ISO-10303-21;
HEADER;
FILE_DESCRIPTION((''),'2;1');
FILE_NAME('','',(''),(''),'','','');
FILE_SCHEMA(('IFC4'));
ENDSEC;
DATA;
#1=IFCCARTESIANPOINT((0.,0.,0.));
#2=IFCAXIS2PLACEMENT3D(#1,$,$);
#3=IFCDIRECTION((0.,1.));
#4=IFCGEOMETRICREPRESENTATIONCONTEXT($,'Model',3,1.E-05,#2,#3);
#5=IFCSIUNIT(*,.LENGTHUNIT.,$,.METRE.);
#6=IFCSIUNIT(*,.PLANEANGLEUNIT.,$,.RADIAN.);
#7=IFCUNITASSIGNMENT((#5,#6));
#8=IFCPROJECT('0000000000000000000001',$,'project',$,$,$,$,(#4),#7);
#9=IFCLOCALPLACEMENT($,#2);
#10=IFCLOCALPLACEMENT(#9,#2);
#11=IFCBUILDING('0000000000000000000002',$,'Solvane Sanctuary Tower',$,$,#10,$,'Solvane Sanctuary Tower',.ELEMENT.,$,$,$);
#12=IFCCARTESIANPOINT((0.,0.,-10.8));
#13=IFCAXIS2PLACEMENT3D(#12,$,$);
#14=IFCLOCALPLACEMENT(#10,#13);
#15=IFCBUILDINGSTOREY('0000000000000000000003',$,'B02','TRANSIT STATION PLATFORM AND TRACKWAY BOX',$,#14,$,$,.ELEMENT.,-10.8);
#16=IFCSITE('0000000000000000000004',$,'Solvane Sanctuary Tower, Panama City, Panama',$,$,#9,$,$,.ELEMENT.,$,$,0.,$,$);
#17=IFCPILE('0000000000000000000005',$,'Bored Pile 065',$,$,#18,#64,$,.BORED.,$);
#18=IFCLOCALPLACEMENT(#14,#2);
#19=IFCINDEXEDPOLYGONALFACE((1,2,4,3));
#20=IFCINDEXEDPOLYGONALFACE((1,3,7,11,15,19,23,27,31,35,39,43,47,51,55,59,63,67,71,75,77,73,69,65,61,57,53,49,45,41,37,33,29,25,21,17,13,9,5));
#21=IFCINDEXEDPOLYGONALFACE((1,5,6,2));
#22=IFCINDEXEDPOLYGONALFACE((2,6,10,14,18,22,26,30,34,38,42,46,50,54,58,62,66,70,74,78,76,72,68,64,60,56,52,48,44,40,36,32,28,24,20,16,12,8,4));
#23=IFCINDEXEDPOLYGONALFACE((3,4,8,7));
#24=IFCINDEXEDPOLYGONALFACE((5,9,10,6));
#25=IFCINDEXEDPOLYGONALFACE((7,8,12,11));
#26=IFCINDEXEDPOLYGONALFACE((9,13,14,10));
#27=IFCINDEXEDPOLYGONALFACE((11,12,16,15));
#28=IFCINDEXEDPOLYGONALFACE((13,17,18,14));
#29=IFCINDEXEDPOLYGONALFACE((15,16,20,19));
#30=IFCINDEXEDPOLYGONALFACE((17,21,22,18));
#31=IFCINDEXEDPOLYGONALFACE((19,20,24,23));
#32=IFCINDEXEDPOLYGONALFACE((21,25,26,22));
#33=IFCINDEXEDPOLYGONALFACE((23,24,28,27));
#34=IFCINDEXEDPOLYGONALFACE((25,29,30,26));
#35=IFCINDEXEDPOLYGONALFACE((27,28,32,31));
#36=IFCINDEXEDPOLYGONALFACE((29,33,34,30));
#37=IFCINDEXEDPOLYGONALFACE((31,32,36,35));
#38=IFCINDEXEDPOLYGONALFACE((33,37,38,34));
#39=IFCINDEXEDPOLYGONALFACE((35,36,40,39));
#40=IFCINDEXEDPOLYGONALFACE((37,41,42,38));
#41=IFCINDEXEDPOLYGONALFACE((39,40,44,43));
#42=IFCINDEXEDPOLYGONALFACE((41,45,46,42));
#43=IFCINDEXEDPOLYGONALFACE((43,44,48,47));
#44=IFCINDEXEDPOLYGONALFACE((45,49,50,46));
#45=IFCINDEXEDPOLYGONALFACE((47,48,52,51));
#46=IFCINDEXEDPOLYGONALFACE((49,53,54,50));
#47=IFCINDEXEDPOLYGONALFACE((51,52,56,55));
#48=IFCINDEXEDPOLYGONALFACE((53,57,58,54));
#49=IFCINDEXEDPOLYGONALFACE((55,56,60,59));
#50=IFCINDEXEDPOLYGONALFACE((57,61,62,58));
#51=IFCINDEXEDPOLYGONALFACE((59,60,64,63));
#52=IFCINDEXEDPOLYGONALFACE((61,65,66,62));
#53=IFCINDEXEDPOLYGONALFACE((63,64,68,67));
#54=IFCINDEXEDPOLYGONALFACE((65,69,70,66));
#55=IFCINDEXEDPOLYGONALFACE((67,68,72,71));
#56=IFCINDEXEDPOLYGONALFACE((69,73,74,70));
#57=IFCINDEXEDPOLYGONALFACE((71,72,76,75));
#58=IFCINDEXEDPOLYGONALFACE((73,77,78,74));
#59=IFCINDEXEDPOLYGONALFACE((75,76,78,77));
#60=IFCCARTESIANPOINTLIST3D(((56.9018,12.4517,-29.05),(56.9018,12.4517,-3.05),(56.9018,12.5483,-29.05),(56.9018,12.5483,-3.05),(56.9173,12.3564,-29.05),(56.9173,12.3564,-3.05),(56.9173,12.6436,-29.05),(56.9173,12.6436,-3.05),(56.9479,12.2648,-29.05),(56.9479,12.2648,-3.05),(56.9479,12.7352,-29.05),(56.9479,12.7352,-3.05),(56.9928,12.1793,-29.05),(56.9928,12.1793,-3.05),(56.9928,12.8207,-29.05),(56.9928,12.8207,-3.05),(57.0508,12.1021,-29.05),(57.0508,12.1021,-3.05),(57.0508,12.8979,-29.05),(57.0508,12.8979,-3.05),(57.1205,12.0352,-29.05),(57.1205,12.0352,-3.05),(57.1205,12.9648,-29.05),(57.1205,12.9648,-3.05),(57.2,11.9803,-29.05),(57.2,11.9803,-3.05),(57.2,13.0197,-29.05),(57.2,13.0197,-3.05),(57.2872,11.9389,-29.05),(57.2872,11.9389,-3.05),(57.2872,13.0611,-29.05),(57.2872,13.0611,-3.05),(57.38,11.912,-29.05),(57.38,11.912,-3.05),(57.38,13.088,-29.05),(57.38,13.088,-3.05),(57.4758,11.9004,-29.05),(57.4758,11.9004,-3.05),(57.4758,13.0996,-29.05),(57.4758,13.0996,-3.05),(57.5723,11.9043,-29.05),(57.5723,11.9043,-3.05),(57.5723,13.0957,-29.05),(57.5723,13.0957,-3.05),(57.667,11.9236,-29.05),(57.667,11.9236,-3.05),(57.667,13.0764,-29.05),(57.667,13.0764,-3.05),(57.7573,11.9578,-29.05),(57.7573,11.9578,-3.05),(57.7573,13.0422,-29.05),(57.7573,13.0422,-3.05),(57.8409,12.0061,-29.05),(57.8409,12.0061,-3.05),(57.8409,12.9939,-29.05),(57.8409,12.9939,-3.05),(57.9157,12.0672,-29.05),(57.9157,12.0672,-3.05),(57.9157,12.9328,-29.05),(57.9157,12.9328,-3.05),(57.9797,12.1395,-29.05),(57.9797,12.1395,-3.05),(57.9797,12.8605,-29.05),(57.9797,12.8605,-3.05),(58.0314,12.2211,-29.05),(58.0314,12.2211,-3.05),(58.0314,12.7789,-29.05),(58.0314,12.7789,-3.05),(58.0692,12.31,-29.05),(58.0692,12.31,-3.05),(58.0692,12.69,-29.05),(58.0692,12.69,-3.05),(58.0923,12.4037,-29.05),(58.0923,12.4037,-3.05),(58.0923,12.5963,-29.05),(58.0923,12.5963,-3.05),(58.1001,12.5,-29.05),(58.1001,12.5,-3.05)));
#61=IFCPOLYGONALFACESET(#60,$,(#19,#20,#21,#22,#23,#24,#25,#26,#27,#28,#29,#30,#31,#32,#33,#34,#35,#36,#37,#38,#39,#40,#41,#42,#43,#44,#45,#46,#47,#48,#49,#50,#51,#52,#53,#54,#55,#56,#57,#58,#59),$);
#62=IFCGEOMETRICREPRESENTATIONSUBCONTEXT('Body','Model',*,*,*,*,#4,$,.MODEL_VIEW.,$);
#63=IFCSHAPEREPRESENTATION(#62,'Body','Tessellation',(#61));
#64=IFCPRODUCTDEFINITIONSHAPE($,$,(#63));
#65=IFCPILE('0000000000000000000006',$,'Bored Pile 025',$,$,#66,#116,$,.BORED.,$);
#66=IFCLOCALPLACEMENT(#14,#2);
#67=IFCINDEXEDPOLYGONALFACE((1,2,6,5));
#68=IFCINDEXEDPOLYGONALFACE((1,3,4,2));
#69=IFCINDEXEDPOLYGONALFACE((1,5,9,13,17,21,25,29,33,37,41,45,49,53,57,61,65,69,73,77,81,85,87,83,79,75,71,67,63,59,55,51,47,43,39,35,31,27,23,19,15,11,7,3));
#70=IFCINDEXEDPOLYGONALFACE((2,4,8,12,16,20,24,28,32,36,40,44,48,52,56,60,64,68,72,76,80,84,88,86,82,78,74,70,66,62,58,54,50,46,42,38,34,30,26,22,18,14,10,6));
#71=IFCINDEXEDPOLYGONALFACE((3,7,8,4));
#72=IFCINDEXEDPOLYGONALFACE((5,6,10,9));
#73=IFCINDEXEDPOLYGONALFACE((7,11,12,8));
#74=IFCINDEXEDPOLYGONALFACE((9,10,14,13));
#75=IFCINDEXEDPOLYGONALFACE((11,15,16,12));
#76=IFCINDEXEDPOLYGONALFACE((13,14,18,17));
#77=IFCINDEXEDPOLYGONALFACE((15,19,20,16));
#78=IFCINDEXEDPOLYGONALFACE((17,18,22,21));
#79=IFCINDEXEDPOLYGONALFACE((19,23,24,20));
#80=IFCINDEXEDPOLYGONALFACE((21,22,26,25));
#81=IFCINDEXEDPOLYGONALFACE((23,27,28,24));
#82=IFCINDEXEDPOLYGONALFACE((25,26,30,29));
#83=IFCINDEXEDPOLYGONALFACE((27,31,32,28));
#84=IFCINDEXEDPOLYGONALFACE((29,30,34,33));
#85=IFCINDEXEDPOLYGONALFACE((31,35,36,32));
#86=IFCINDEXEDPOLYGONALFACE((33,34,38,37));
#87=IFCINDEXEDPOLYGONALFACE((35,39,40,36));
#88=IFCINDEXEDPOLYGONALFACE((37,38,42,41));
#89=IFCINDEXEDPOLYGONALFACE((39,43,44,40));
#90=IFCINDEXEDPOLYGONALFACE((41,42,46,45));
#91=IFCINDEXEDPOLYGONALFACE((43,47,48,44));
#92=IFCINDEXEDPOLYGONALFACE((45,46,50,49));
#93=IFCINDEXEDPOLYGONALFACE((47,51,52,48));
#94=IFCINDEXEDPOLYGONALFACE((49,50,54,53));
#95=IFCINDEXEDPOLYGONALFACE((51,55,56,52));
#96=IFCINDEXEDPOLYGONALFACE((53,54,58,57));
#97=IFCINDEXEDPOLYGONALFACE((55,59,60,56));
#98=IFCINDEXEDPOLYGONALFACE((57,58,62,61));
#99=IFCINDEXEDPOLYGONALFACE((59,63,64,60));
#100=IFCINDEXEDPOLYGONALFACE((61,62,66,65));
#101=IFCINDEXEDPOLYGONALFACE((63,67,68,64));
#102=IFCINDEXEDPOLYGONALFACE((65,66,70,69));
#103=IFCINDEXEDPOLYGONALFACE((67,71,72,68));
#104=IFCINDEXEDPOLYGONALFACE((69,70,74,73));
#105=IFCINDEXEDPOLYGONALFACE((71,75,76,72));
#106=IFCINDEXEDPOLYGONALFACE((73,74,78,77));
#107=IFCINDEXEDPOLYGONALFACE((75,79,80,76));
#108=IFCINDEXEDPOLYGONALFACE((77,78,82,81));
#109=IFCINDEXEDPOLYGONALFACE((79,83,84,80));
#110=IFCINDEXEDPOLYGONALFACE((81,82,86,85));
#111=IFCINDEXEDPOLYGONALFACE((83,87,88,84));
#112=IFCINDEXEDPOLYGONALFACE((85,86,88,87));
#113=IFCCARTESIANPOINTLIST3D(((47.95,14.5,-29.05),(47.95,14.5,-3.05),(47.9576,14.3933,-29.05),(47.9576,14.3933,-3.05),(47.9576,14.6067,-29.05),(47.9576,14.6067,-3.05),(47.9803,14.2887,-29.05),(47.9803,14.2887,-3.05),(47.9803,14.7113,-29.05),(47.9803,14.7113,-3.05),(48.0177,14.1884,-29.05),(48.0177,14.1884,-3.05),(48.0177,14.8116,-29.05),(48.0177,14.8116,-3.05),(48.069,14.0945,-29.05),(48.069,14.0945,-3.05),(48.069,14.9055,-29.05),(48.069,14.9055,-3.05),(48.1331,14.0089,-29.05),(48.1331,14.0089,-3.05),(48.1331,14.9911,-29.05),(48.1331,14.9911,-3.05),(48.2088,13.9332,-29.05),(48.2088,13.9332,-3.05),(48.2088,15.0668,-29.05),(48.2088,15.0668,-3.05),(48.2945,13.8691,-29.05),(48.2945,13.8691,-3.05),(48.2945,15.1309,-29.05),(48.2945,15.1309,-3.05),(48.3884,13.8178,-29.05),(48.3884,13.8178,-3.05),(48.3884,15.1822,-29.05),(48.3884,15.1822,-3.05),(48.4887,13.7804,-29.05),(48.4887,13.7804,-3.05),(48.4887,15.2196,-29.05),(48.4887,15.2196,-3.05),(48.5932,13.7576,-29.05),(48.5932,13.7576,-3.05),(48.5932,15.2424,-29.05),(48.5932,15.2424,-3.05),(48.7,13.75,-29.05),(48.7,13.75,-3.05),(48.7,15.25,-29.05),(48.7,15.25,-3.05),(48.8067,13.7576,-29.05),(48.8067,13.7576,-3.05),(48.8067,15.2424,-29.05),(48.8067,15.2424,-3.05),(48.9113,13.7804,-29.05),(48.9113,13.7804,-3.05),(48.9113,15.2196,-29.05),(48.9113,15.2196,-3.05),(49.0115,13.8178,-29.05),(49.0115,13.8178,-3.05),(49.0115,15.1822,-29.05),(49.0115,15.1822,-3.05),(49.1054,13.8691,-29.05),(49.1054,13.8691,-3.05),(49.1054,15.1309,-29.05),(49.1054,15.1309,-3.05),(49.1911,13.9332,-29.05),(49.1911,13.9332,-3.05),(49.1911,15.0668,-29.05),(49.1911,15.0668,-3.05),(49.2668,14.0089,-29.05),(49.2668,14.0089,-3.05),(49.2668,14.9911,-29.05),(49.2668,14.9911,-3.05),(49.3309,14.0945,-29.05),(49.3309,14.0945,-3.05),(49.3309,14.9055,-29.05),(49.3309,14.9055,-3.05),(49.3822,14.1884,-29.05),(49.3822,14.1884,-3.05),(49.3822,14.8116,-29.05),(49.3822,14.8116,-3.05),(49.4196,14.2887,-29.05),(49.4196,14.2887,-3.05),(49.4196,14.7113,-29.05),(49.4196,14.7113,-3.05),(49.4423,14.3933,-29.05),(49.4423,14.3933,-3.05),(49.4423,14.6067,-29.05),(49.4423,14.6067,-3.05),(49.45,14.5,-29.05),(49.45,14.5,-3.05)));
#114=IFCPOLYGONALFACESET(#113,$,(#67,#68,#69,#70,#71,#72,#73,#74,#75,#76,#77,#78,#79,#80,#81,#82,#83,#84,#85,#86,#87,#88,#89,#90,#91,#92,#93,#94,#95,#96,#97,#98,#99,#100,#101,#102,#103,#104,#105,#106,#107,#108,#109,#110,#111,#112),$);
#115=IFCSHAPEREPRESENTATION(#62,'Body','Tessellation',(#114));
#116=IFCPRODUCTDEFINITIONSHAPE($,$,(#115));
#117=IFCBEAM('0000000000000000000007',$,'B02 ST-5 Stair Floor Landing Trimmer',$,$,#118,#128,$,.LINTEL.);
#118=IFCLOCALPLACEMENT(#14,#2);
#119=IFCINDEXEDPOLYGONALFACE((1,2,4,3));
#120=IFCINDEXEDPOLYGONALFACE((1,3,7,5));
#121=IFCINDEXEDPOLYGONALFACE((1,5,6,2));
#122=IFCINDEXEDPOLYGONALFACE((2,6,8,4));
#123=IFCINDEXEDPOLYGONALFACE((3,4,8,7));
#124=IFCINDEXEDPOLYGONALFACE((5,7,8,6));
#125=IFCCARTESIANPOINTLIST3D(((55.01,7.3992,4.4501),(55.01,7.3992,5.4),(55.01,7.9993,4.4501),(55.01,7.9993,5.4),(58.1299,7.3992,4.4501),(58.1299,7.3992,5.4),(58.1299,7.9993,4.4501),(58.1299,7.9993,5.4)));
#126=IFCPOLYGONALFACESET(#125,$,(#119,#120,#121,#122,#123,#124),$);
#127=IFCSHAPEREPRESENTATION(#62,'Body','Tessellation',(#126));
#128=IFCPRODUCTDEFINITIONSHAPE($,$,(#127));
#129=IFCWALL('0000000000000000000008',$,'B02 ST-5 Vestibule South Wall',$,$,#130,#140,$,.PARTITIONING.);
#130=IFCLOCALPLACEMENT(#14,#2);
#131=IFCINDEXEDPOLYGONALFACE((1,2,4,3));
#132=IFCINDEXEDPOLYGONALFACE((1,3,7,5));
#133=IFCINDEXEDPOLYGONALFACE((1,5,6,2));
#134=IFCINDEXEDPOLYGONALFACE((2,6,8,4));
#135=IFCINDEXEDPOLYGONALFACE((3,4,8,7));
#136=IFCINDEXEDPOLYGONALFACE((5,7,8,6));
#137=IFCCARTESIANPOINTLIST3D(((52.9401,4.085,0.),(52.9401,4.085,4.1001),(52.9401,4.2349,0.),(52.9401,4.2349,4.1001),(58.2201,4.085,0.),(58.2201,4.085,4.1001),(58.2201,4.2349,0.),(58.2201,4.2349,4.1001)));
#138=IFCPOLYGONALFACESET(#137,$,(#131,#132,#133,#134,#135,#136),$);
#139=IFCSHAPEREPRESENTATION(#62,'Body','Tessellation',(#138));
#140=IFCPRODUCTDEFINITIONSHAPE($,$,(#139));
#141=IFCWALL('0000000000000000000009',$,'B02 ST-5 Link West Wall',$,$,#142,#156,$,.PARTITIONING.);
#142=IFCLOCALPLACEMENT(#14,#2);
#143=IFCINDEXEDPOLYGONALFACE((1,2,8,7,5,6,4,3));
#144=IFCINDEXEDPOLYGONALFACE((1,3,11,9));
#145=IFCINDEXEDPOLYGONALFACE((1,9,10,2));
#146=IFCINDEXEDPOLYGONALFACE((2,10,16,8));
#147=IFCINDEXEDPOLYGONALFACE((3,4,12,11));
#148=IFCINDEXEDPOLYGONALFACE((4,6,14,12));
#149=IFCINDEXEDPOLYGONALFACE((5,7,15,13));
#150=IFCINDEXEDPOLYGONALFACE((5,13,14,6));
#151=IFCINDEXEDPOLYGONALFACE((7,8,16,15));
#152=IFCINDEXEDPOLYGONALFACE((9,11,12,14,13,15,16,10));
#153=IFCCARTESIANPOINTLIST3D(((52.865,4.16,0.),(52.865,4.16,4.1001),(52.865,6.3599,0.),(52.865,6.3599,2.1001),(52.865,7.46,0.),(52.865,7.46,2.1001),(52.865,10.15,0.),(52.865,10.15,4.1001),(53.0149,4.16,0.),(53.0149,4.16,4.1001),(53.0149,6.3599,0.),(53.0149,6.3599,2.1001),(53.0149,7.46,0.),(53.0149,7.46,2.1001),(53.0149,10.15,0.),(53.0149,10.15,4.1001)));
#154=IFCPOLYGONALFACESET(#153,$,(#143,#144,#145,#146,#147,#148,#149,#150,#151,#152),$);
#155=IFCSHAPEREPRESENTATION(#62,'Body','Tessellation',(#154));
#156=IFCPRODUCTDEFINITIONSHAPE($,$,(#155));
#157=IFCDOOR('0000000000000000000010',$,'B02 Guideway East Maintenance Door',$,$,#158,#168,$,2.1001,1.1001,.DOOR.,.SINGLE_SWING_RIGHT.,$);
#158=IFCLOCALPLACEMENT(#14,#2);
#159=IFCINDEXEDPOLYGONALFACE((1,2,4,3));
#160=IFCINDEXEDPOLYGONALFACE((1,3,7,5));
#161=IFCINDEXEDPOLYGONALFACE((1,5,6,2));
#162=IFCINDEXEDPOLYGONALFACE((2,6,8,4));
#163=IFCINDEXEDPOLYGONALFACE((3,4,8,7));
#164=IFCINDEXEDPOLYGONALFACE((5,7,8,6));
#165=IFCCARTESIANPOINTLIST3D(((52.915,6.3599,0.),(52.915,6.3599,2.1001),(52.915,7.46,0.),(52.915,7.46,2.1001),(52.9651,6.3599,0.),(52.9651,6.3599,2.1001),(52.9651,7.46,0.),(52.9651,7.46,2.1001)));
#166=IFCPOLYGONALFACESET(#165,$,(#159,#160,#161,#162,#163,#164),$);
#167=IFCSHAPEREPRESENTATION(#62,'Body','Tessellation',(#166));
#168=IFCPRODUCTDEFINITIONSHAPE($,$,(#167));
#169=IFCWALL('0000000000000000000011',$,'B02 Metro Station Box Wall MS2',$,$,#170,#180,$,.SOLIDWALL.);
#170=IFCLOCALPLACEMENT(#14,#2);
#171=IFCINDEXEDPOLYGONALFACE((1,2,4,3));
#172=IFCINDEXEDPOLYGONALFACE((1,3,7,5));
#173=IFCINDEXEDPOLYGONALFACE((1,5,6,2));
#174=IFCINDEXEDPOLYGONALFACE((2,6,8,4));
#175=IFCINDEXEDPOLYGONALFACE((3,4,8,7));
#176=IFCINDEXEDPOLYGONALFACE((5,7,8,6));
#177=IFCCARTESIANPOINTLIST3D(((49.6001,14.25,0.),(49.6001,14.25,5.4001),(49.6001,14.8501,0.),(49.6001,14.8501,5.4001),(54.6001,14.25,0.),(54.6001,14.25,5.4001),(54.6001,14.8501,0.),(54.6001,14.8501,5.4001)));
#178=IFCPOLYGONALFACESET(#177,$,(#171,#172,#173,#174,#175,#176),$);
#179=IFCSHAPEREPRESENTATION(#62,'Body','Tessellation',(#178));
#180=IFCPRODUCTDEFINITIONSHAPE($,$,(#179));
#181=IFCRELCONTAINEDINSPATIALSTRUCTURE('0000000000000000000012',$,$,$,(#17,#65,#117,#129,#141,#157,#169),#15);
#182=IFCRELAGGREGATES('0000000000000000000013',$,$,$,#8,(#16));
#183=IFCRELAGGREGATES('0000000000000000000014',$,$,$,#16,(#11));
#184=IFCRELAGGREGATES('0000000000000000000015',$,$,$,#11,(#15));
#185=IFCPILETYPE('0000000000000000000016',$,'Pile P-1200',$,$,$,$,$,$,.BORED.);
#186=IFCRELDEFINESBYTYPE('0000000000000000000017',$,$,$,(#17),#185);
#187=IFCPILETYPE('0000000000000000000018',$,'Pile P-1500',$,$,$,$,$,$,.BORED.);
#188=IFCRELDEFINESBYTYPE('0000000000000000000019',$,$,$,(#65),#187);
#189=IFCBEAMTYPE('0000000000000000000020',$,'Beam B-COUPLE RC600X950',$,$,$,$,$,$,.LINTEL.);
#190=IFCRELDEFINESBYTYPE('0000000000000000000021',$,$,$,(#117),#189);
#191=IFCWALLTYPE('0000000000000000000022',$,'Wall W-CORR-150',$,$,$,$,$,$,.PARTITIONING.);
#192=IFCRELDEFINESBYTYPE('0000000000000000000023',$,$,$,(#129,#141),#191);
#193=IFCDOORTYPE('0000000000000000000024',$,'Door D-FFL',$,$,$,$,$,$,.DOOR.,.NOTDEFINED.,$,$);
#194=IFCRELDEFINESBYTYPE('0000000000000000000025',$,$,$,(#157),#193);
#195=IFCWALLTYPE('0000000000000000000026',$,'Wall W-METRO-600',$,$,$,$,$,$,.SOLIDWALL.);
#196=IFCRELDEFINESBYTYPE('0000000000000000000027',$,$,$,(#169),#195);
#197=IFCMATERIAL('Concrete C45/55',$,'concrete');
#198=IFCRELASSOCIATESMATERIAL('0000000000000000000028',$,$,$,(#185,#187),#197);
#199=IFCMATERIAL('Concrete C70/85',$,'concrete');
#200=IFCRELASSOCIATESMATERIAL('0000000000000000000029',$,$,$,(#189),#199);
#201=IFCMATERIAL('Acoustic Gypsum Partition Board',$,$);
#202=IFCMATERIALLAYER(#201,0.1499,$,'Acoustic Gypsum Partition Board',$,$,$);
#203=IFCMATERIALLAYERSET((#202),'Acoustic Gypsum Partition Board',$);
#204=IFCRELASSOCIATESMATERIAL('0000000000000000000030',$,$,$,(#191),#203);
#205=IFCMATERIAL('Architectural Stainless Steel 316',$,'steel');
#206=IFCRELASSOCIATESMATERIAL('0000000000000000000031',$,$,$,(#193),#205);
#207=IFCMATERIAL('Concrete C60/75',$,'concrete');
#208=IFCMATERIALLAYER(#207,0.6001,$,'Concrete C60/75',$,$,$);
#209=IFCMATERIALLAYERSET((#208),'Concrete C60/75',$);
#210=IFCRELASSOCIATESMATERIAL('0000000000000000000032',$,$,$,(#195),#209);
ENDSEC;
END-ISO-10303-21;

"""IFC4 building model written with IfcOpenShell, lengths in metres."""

from ifc_helpers import new_model, si_unit, direction, frame, frame_2d, origin, origin_2d, place, context, subcontext, project, spatial, rectangle, circle, extrude, material, layer, layer_set, material_profile, profile_set, type_object, element, fill, save


model = new_model("IFC4")

# Units and contexts
model_context = context("Model", 3, precision=1e-05, world=origin(), true_north=direction((0.0, 1.0)))
body_context = subcontext(model_context, "Body", "Model", "MODEL_VIEW")
ifc_project = project(units=[si_unit("LENGTHUNIT", "METRE"), si_unit("PLANEANGLEUNIT", "RADIAN")], contexts=[model_context])

# Site, building, storey
site_placement = place(None, origin())
site = spatial("IfcSite", under=ifc_project, at=site_placement, Name="Solvane Sanctuary Tower, Panama City, Panama", CompositionType="ELEMENT", RefElevation=0.0)
building_placement = place(site_placement, origin())
building = spatial("IfcBuilding", under=site, at=building_placement, Name="Solvane Sanctuary Tower", LongName="Solvane Sanctuary Tower", CompositionType="ELEMENT")
storey_placement = place(building_placement, frame((0.0, 0.0, -10.8)))
storey = spatial("IfcBuildingStorey", under=building, at=storey_placement, Name="B02", Description="TRANSIT STATION PLATFORM AND TRACKWAY BOX", CompositionType="ELEMENT", Elevation=-10.8)

# Piles
ifc_material_1 = material(Name="Concrete C45/55", Category="concrete")
ifc_material_profile_1 = material_profile(ifc_material_1, circle(Radius=0.6001, at=origin_2d()), Name="PILE1200")
ifc_profile_set_1 = profile_set([ifc_material_profile_1], Name="Concrete C45/55")
pile_type_1 = type_object("IfcPileType", Name="Pile P-1200", PredefinedType="BORED", material=ifc_profile_set_1)
for number, where, z_axis, x_axis, name in (
    (1, (57.5, 12.5, -3.05), (0.0, 0.0, -1.0), (1.0, 0.0, 0.0), "Bored Pile 065"),
):
    element("IfcPile", number, at=place(storey_placement, frame(where, z_axis=z_axis, x_axis=x_axis)), inside=storey, type_object=pile_type_1, Name=name, PredefinedType="BORED", context=body_context, shape_type="SweptSolid", body=[
        extrude(circle(Radius=0.6001, at=origin_2d()), origin(), (0.0, 0.0, 1.0), 26.0),
    ])
ifc_material_profile_2 = material_profile(ifc_material_1, circle(Radius=0.75, at=origin_2d()), Name="PILE1500")
ifc_profile_set_2 = profile_set([ifc_material_profile_2], Name="Concrete C45/55")
pile_type_2 = type_object("IfcPileType", Name="Pile P-1500", PredefinedType="BORED", material=ifc_profile_set_2)
pile_placement = place(storey_placement, frame((48.7, 14.5, -3.05), z_axis=(0.0, 0.0, -1.0), x_axis=(1.0, 0.0, 0.0)))
element("IfcPile", 2, at=pile_placement, inside=storey, type_object=pile_type_2, Name="Bored Pile 025", PredefinedType="BORED", context=body_context, shape_type="SweptSolid", body=[
    extrude(circle(Radius=0.75, at=origin_2d()), origin(), (0.0, 0.0, 1.0), 26.0),
])

# Beam
ifc_material_2 = material(Name="Concrete C70/85", Category="concrete")
ifc_material_profile_3 = material_profile(ifc_material_2, rectangle(XDim=0.6001, YDim=0.95, at=origin_2d()), Name="RC600X950")
ifc_profile_set_3 = profile_set([ifc_material_profile_3], Name="Concrete C70/85")
beam_type = type_object("IfcBeamType", Name="Beam B-COUPLE RC600X950", PredefinedType="LINTEL", material=ifc_profile_set_3)
beam_placement = place(storey_placement, frame((55.01, 7.6992, 4.925), z_axis=(1.0, 0.0, 0.0), x_axis=(0.0, 1.0, 0.0)))
element("IfcBeam", 3, at=beam_placement, inside=storey, type_object=beam_type, Name="B02 ST-5 Stair Floor Landing Trimmer", PredefinedType="LINTEL", context=body_context, shape_type="SweptSolid", body=[
    extrude(rectangle(XDim=0.6001, YDim=0.95, at=origin_2d()), origin(), (0.0, 0.0, 1.0), 3.1199),
])

# Wall
ifc_material_3 = material(Name="Acoustic Gypsum Partition Board")
ifc_layer_1 = layer(ifc_material_3, 0.1499, Name="Acoustic Gypsum Partition Board")
ifc_layer_set_1 = layer_set([ifc_layer_1], Name="Acoustic Gypsum Partition Board")
wall_type_1 = type_object("IfcWallType", Name="Wall W-CORR-150", PredefinedType="PARTITIONING", material=ifc_layer_set_1)
wall_1_placement = place(storey_placement, frame((52.9399, 4.1599, 0.0), z_axis=(0.0, 0.0, 1.0), x_axis=(1.0, 0.0, 0.0)))
element("IfcWall", 4, at=wall_1_placement, inside=storey, type_object=wall_type_1, Name="B02 ST-5 Vestibule South Wall", PredefinedType="PARTITIONING", context=body_context, shape_type="SweptSolid", body=[
    extrude(rectangle(XDim=5.28, YDim=0.1499, at=frame_2d((2.6401, 0.0))), origin(), (0.0, 0.0, 1.0), 4.1001),
])

# Wall, opening, door
wall_2_placement = place(storey_placement, frame((52.9399, 4.1599, 0.0), z_axis=(0.0, 0.0, 1.0), x_axis=(0.0, 1.0, 0.0)))
wall_2 = element("IfcWall", 5, at=wall_2_placement, inside=storey, type_object=wall_type_1, Name="B02 ST-5 Link West Wall", PredefinedType="PARTITIONING", context=body_context, shape_type="SweptSolid", body=[
    extrude(rectangle(XDim=5.99, YDim=0.1499, at=frame_2d((2.9951, 0.0))), origin(), (0.0, 0.0, 1.0), 4.1001),
])
opening_1_placement = place(wall_2_placement, frame((2.2, 0.0, 0.0)))
opening_1 = element("IfcOpeningElement", 6, at=opening_1_placement, cuts=wall_2, PredefinedType="OPENING", context=body_context, shape_type="SweptSolid", body=[
    extrude(rectangle(XDim=1.1001, YDim=2.1001, at=frame_2d((0.55, 1.05))), frame((0.0, 0.085, 0.0), z_axis=(0.0, -1.0, 0.0), x_axis=(1.0, 0.0, 0.0)), (0.0, 0.0, 1.0), 0.1699),
])
ifc_material_4 = material(Name="Architectural Stainless Steel 316", Category="steel")
door_type_1 = type_object("IfcDoorType", Name="Door D-FFL", OperationType="NOTDEFINED", PredefinedType="DOOR", material=ifc_material_4)
door_1_placement = place(opening_1_placement, origin())
door_1 = element("IfcDoor", 7, at=door_1_placement, inside=storey, type_object=door_type_1, Name="B02 Guideway East Maintenance Door", OperationType="SINGLE_SWING_RIGHT", OverallHeight=2.1001, OverallWidth=1.1001, PredefinedType="DOOR", context=body_context, shape_type="SweptSolid", body=[
    extrude(rectangle(XDim=1.1001, YDim=2.1001, at=frame_2d((0.55, 1.05))), frame((0.0, 0.0249, 0.0), z_axis=(0.0, -1.0, 0.0), x_axis=(1.0, 0.0, 0.0)), (0.0, 0.0, 1.0), 0.05),
])
fill(opening_1, door_1)

# Wall
ifc_material_5 = material(Name="Concrete C60/75", Category="concrete")
ifc_layer_2 = layer(ifc_material_5, 0.6001, Name="Concrete C60/75")
ifc_layer_set_2 = layer_set([ifc_layer_2], Name="Concrete C60/75")
wall_type_2 = type_object("IfcWallType", Name="Wall W-METRO-600", PredefinedType="SOLIDWALL", material=ifc_layer_set_2)
wall_3_placement = place(storey_placement, frame((49.6001, 14.55, 0.0), z_axis=(0.0, 0.0, 1.0), x_axis=(1.0, 0.0, 0.0)))
element("IfcWall", 8, at=wall_3_placement, inside=storey, type_object=wall_type_2, Name="B02 Metro Station Box Wall MS2", PredefinedType="SOLIDWALL", context=body_context, shape_type="SweptSolid", body=[
    extrude(rectangle(XDim=5.0, YDim=0.6001, at=frame_2d((2.5, 0.0))), origin(), (0.0, 0.0, 1.0), 5.4001),
])

save(model, "model.ifc")
